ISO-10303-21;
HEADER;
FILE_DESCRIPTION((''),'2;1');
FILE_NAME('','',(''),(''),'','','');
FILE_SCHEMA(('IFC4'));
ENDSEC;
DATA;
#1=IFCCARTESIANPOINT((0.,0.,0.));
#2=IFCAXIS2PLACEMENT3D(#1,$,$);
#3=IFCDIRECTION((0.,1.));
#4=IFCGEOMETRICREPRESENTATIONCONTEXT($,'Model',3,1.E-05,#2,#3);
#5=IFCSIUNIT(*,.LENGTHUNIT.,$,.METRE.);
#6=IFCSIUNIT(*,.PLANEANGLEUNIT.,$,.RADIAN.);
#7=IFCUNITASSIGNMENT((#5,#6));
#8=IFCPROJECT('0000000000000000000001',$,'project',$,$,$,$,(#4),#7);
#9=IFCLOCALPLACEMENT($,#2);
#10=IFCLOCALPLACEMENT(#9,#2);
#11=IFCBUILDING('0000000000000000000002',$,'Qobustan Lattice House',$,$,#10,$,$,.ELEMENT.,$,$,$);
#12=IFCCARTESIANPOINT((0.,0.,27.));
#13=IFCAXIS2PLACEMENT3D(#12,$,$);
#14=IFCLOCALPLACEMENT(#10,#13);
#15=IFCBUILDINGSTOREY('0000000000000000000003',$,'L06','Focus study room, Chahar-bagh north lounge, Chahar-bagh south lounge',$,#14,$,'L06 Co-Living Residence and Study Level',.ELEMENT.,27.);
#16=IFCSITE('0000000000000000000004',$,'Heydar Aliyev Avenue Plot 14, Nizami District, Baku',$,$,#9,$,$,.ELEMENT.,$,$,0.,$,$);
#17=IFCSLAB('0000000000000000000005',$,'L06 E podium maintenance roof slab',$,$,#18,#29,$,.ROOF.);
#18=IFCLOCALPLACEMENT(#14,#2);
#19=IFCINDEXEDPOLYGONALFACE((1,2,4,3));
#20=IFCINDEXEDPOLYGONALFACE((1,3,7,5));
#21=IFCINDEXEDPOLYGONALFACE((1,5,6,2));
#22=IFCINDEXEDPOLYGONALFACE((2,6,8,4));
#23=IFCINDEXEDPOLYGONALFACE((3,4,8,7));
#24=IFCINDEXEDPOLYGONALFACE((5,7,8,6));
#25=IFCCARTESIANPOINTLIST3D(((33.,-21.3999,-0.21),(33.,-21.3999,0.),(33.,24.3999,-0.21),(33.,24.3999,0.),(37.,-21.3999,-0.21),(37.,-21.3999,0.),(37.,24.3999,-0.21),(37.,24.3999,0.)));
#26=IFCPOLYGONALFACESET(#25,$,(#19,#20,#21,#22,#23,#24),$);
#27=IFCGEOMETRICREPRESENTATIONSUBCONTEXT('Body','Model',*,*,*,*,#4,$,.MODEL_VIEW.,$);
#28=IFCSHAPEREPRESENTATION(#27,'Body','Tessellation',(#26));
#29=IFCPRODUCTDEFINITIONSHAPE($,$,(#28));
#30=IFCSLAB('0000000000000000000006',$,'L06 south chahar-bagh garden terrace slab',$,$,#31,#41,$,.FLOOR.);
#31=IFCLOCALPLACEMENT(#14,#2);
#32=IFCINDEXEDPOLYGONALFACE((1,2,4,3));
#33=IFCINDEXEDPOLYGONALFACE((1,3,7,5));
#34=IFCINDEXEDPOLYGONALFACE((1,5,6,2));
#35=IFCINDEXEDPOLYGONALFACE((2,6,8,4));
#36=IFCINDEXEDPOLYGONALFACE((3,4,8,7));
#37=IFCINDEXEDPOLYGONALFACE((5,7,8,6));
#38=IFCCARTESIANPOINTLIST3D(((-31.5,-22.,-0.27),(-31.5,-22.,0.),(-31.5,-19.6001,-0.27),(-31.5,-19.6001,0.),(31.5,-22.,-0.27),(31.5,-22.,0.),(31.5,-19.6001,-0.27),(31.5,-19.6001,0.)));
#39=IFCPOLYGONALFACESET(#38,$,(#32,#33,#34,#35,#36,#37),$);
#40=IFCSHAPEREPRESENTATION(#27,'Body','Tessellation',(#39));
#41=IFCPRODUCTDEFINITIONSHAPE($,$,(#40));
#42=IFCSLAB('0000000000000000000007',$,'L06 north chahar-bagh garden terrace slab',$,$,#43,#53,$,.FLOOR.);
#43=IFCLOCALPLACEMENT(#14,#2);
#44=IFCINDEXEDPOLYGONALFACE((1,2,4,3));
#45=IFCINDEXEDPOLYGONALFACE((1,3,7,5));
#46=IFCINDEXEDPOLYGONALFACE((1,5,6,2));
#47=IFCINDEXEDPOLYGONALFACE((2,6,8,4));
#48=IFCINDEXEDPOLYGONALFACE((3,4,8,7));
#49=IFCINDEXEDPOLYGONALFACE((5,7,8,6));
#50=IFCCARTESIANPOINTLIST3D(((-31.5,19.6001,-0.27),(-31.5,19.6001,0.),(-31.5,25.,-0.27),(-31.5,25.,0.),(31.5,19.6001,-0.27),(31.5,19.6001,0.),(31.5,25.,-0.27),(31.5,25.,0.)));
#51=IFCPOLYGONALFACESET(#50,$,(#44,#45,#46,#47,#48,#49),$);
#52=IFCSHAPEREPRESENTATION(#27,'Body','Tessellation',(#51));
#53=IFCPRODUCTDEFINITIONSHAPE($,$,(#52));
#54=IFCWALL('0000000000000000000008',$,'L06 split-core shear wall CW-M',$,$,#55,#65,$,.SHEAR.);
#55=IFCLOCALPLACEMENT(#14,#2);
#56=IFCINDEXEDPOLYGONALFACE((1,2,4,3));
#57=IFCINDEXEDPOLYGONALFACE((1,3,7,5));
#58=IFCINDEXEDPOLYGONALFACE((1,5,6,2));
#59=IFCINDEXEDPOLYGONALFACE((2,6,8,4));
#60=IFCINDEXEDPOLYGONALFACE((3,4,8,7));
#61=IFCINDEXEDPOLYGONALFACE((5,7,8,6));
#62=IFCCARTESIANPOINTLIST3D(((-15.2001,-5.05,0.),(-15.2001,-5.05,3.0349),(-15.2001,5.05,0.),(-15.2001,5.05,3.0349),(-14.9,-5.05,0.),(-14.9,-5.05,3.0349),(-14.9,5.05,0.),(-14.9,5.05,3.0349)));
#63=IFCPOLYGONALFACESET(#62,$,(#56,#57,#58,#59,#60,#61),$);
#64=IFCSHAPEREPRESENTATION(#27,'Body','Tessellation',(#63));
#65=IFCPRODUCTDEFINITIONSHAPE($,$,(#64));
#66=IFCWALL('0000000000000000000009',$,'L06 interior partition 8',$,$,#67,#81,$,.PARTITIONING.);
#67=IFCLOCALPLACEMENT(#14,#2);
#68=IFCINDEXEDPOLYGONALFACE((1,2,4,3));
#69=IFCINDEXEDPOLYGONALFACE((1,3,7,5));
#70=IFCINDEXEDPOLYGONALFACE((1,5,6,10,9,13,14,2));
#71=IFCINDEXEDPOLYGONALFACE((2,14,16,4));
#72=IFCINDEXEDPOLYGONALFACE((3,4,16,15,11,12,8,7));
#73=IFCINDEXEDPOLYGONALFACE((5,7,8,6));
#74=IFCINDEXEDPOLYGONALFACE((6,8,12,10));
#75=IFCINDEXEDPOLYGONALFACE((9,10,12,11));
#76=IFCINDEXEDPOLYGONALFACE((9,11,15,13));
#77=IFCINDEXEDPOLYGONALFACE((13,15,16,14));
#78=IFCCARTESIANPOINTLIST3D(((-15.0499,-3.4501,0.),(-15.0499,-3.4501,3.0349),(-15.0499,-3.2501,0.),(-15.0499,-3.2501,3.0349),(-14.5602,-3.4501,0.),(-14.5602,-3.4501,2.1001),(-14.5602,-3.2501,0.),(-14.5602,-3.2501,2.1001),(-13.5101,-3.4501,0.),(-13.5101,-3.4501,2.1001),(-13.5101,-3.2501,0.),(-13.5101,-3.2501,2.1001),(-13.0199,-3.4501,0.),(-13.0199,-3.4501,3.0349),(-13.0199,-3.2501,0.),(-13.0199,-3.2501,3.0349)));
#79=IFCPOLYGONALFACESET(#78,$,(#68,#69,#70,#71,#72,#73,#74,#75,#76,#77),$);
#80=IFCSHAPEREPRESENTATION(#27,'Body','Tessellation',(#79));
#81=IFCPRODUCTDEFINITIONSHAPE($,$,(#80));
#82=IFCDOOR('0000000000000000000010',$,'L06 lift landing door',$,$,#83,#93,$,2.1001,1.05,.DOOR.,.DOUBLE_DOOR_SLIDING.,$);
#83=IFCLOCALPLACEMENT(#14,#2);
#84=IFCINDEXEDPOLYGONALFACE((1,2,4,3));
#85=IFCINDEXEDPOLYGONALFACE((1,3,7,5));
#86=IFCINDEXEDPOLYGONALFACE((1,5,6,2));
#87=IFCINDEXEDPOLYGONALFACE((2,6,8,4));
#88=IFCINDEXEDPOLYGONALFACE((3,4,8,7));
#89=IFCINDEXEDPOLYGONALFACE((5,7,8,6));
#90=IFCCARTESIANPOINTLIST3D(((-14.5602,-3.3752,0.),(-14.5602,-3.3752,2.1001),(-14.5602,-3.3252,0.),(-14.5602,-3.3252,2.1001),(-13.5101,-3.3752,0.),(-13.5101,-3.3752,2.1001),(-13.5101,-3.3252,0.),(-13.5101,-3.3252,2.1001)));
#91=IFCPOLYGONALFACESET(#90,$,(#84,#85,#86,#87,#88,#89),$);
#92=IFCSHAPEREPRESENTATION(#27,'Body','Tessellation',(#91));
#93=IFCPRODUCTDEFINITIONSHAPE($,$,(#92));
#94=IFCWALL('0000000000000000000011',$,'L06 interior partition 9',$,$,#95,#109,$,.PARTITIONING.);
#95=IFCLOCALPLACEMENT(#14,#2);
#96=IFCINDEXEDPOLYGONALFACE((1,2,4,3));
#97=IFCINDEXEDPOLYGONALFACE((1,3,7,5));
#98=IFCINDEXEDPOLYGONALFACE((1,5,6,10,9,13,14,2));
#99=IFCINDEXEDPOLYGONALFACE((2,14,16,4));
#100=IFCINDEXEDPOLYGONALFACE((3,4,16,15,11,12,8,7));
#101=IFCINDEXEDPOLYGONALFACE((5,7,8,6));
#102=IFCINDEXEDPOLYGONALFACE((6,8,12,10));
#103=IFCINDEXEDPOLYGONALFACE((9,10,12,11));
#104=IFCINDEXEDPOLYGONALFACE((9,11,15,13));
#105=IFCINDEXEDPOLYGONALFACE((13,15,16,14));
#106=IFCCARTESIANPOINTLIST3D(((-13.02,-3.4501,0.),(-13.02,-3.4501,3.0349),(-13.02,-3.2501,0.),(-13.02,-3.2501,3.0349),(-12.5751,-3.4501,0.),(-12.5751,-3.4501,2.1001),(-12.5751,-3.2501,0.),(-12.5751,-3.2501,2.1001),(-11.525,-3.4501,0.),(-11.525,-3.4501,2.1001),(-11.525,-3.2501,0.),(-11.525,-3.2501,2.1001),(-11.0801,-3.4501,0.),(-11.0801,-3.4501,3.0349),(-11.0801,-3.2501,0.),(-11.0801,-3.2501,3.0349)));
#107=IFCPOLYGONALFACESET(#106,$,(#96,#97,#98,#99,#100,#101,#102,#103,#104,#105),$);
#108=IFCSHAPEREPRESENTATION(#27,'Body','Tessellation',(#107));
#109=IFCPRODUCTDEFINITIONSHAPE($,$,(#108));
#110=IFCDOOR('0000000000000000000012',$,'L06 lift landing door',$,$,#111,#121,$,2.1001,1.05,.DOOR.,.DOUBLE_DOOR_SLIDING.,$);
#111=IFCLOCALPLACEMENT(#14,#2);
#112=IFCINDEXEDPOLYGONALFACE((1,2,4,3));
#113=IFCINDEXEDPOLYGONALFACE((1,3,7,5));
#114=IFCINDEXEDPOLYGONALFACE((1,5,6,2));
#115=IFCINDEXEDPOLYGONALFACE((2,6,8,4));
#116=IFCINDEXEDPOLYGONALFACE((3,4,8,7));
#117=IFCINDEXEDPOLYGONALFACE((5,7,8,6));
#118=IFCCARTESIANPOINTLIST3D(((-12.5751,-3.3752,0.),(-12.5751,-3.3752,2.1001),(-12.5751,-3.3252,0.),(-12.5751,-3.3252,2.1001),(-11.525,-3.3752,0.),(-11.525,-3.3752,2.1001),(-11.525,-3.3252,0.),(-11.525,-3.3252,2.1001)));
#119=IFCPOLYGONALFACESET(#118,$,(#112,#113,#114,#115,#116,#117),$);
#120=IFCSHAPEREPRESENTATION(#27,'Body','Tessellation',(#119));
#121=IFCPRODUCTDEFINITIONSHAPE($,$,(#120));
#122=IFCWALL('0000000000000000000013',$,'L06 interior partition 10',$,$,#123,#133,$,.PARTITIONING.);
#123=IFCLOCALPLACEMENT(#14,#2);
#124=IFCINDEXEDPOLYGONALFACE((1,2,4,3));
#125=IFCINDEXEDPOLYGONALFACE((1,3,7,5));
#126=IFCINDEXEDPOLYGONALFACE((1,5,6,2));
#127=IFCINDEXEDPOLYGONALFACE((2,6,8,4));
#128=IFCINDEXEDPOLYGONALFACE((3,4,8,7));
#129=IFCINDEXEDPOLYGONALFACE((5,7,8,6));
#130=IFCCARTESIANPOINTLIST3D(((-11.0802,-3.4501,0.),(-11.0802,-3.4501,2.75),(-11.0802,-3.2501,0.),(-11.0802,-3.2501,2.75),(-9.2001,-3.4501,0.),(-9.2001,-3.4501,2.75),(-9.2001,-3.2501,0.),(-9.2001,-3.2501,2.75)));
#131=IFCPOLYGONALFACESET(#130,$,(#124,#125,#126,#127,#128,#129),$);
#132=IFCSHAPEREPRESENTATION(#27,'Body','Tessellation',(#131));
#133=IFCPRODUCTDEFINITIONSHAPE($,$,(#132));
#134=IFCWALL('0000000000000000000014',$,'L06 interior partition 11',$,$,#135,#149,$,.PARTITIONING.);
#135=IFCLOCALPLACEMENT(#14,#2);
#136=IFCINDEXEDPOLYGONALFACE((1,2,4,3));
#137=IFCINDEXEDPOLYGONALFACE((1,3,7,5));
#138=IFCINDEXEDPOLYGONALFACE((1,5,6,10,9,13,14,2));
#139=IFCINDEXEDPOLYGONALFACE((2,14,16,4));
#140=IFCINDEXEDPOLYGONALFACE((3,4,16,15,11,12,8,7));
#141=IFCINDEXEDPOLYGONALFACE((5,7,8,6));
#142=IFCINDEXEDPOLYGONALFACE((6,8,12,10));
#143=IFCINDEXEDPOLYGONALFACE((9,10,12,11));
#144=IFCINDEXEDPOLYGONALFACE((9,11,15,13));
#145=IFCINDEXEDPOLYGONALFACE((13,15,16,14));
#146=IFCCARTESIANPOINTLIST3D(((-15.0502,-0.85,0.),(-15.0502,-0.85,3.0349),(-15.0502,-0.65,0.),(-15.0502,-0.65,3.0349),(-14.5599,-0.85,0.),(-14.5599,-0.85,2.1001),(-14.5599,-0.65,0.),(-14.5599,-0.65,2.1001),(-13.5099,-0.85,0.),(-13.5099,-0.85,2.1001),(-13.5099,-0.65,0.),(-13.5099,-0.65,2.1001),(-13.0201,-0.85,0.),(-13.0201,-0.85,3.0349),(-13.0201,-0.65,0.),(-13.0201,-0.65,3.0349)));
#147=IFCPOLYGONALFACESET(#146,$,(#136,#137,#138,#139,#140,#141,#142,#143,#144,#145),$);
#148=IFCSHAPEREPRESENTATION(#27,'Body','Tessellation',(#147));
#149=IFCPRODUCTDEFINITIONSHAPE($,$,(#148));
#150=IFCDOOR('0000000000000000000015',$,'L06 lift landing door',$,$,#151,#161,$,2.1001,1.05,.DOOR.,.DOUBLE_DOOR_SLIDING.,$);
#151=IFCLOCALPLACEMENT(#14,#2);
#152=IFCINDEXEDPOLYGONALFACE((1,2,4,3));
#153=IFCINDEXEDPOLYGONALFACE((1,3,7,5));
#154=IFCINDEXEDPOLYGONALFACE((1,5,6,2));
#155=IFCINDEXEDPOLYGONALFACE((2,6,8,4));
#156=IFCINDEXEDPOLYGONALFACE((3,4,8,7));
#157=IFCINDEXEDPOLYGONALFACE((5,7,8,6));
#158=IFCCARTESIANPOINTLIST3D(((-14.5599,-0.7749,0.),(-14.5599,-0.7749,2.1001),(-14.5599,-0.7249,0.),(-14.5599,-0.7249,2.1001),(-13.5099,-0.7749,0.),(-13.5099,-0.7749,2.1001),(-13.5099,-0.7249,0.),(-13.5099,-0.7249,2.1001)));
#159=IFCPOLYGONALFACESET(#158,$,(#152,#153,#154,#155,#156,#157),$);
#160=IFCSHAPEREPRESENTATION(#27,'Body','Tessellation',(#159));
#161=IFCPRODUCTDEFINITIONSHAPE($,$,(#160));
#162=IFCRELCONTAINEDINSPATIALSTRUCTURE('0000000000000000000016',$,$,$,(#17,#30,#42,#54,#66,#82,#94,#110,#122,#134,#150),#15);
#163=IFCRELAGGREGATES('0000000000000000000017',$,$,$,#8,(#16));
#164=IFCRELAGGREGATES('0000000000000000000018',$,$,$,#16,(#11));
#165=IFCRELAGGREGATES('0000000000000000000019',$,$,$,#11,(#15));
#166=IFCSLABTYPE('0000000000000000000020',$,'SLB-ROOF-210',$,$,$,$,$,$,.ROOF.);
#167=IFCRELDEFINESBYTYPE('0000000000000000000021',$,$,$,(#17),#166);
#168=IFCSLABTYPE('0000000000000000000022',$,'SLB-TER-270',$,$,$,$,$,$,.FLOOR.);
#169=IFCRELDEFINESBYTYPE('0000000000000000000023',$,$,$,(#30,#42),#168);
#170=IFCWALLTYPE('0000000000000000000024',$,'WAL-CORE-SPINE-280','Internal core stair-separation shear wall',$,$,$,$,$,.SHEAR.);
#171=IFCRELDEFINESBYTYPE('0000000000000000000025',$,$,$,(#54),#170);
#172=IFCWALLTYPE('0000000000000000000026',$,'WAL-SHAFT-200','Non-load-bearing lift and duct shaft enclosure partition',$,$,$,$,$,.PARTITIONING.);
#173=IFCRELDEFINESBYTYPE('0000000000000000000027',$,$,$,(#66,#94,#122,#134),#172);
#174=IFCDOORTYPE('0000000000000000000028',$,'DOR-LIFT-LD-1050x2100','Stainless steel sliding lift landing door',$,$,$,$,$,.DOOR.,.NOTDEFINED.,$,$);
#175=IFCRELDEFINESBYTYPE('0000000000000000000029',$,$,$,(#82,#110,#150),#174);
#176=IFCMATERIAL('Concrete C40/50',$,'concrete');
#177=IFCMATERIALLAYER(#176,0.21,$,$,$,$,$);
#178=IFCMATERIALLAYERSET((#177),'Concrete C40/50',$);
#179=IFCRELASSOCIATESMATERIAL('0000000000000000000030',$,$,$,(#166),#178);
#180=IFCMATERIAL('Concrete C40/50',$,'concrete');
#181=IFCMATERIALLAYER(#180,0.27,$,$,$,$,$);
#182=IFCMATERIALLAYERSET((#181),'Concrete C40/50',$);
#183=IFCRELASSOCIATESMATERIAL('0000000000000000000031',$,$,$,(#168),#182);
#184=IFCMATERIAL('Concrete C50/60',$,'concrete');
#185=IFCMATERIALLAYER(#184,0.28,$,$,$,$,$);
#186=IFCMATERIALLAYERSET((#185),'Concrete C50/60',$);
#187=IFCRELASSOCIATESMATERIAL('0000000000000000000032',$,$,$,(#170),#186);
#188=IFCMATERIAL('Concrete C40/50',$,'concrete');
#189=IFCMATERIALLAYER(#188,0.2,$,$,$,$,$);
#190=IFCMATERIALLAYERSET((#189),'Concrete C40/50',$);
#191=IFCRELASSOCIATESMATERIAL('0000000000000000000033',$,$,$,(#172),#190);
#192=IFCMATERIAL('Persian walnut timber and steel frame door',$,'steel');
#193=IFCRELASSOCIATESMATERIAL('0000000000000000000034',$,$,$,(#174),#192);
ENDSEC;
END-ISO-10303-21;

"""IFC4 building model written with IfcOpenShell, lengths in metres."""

from ifc_helpers import new_model, si_unit, direction, frame, frame_2d, origin, place, context, subcontext, project, spatial, polyline, rectangle, outline, extrude, material, layer, layer_set, type_object, element, fill, save


model = new_model("IFC4")

# Units and contexts
model_context = context("Model", 3, precision=1e-05, world=origin(), true_north=direction((0.0, 1.0)))
body_context = subcontext(model_context, "Body", "Model", "MODEL_VIEW")
ifc_project = project(units=[si_unit("LENGTHUNIT", "METRE"), si_unit("PLANEANGLEUNIT", "RADIAN")], contexts=[model_context])

# Site, building, storey
site_placement = place(None, origin())
site = spatial("IfcSite", under=ifc_project, at=site_placement, Name="Heydar Aliyev Avenue Plot 14, Nizami District, Baku", CompositionType="ELEMENT", RefElevation=0.0)
building_placement = place(site_placement, origin())
building = spatial("IfcBuilding", under=site, at=building_placement, Name="Qobustan Lattice House", CompositionType="ELEMENT")
storey_placement = place(building_placement, frame((0.0, 0.0, 27.0)))
storey = spatial("IfcBuildingStorey", under=building, at=storey_placement, Name="L06", Description="Focus study room, Chahar-bagh north lounge, Chahar-bagh south lounge", LongName="L06 Co-Living Residence and Study Level", CompositionType="ELEMENT", Elevation=27.0)

# Slabs
ifc_material_1 = material(Name="Concrete C40/50", Category="concrete")
ifc_layer_1 = layer(ifc_material_1, 0.21)
ifc_layer_set_1 = layer_set([ifc_layer_1], Name="Concrete C40/50")
slab_type_1 = type_object("IfcSlabType", Name="SLB-ROOF-210", PredefinedType="ROOF", material=ifc_layer_set_1)
slab_1_placement = place(storey_placement, frame((0.0, 0.0, -0.21)))
element("IfcSlab", 1, at=slab_1_placement, inside=storey, type_object=slab_type_1, Name="L06 E podium maintenance roof slab", PredefinedType="ROOF", context=body_context, shape_type="SweptSolid", body=[
    extrude(outline(polyline([(33.0, -21.3999), (37.0, -21.3999), (37.0, 24.3999), (33.0, 24.3999), (33.0, -21.3999)])), origin(), (0.0, 0.0, 1.0), 0.21),
])
ifc_material_2 = material(Name="Concrete C40/50", Category="concrete")
ifc_layer_2 = layer(ifc_material_2, 0.27)
ifc_layer_set_2 = layer_set([ifc_layer_2], Name="Concrete C40/50")
slab_type_2 = type_object("IfcSlabType", Name="SLB-TER-270", PredefinedType="FLOOR", material=ifc_layer_set_2)
slab_2_placement = place(storey_placement, frame((0.0, 0.0, -0.27)))
element("IfcSlab", 2, at=slab_2_placement, inside=storey, type_object=slab_type_2, Name="L06 south chahar-bagh garden terrace slab", PredefinedType="FLOOR", context=body_context, shape_type="SweptSolid", body=[
    extrude(outline(polyline([(-31.5, -22.0), (31.5, -22.0), (31.5, -19.6001), (-31.5, -19.6001), (-31.5, -22.0)])), origin(), (0.0, 0.0, 1.0), 0.27),
])
slab_3_placement = place(storey_placement, frame((0.0, 0.0, -0.27)))
element("IfcSlab", 3, at=slab_3_placement, inside=storey, type_object=slab_type_2, Name="L06 north chahar-bagh garden terrace slab", PredefinedType="FLOOR", context=body_context, shape_type="SweptSolid", body=[
    extrude(outline(polyline([(-31.5, 19.6001), (31.5, 19.6001), (31.5, 25.0), (-31.5, 25.0), (-31.5, 19.6001)])), origin(), (0.0, 0.0, 1.0), 0.27),
])

# Wall
ifc_material_3 = material(Name="Concrete C50/60", Category="concrete")
ifc_layer_3 = layer(ifc_material_3, 0.28)
ifc_layer_set_3 = layer_set([ifc_layer_3], Name="Concrete C50/60")
wall_type_1 = type_object("IfcWallType", Name="WAL-CORE-SPINE-280", Description="Internal core stair-separation shear wall", PredefinedType="SHEAR", material=ifc_layer_set_3)
wall_1_placement = place(storey_placement, frame((-15.05, -5.05, 0.0), z_axis=(0.0, 0.0, 1.0), x_axis=(0.0, 1.0, 0.0)))
element("IfcWall", 4, at=wall_1_placement, inside=storey, type_object=wall_type_1, Name="L06 split-core shear wall CW-M", PredefinedType="SHEAR", context=body_context, shape_type="SweptSolid", body=[
    extrude(rectangle(XDim=10.1001, YDim=0.3, at=frame_2d((5.05, 0.0))), origin(), (0.0, 0.0, 1.0), 3.0349),
])

# Walls, openings, doors
ifc_material_4 = material(Name="Concrete C40/50", Category="concrete")
ifc_layer_4 = layer(ifc_material_4, 0.2)
ifc_layer_set_4 = layer_set([ifc_layer_4], Name="Concrete C40/50")
wall_type_2 = type_object("IfcWallType", Name="WAL-SHAFT-200", Description="Non-load-bearing lift and duct shaft enclosure partition", PredefinedType="PARTITIONING", material=ifc_layer_set_4)
wall_2_placement = place(storey_placement, frame((-15.05, -3.3501, 0.0), z_axis=(0.0, 0.0, 1.0), x_axis=(1.0, 0.0, 0.0)))
wall_2 = element("IfcWall", 5, at=wall_2_placement, inside=storey, type_object=wall_type_2, Name="L06 interior partition 8", PredefinedType="PARTITIONING", context=body_context, shape_type="SweptSolid", body=[
    extrude(rectangle(XDim=2.03, YDim=0.2, at=frame_2d((1.0151, 0.0))), origin(), (0.0, 0.0, 1.0), 3.0349),
])
opening_1_placement = place(wall_2_placement, frame((0.49, 0.0, 0.0)))
opening_1 = element("IfcOpeningElement", 6, at=opening_1_placement, cuts=wall_2, PredefinedType="OPENING", context=body_context, shape_type="SweptSolid", body=[
    extrude(rectangle(XDim=1.05, YDim=2.1001, at=frame_2d((0.5249, 1.05))), frame((0.0, 0.1099, 0.0), z_axis=(0.0, -1.0, 0.0), x_axis=(1.0, 0.0, 0.0)), (0.0, 0.0, 1.0), 0.22),
])
ifc_material_5 = material(Name="Persian walnut timber and steel frame door", Category="steel")
door_type_1 = type_object("IfcDoorType", Name="DOR-LIFT-LD-1050x2100", Description="Stainless steel sliding lift landing door", OperationType="NOTDEFINED", PredefinedType="DOOR", material=ifc_material_5)
door_1_placement = place(opening_1_placement, origin())
door_1 = element("IfcDoor", 7, at=door_1_placement, inside=storey, type_object=door_type_1, Name="L06 lift landing door", OperationType="DOUBLE_DOOR_SLIDING", OverallHeight=2.1001, OverallWidth=1.05, PredefinedType="DOOR", context=body_context, shape_type="SweptSolid", body=[
    extrude(rectangle(XDim=1.05, YDim=2.1001, at=frame_2d((0.5249, 1.05))), frame((0.0, 0.0249, 0.0), z_axis=(0.0, -1.0, 0.0), x_axis=(1.0, 0.0, 0.0)), (0.0, 0.0, 1.0), 0.05),
])
fill(opening_1, door_1)
wall_3_placement = place(storey_placement, frame((-13.02, -3.3501, 0.0), z_axis=(0.0, 0.0, 1.0), x_axis=(1.0, 0.0, 0.0)))
wall_3 = element("IfcWall", 8, at=wall_3_placement, inside=storey, type_object=wall_type_2, Name="L06 interior partition 9", PredefinedType="PARTITIONING", context=body_context, shape_type="SweptSolid", body=[
    extrude(rectangle(XDim=1.9399, YDim=0.2, at=frame_2d((0.97, 0.0))), origin(), (0.0, 0.0, 1.0), 3.0349),
])
opening_2_placement = place(wall_3_placement, frame((0.4451, 0.0, 0.0)))
opening_2 = element("IfcOpeningElement", 9, at=opening_2_placement, cuts=wall_3, PredefinedType="OPENING", context=body_context, shape_type="SweptSolid", body=[
    extrude(rectangle(XDim=1.05, YDim=2.1001, at=frame_2d((0.5249, 1.05))), frame((0.0, 0.1099, 0.0), z_axis=(0.0, -1.0, 0.0), x_axis=(1.0, 0.0, 0.0)), (0.0, 0.0, 1.0), 0.22),
])
door_2_placement = place(opening_2_placement, origin())
door_2 = element("IfcDoor", 10, at=door_2_placement, inside=storey, type_object=door_type_1, Name="L06 lift landing door", OperationType="DOUBLE_DOOR_SLIDING", OverallHeight=2.1001, OverallWidth=1.05, PredefinedType="DOOR", context=body_context, shape_type="SweptSolid", body=[
    extrude(rectangle(XDim=1.05, YDim=2.1001, at=frame_2d((0.5249, 1.05))), frame((0.0, 0.0249, 0.0), z_axis=(0.0, -1.0, 0.0), x_axis=(1.0, 0.0, 0.0)), (0.0, 0.0, 1.0), 0.05),
])
fill(opening_2, door_2)

# Wall
wall_4_placement = place(storey_placement, frame((-11.0801, -3.3501, 0.0), z_axis=(0.0, 0.0, 1.0), x_axis=(1.0, 0.0, 0.0)))
element("IfcWall", 11, at=wall_4_placement, inside=storey, type_object=wall_type_2, Name="L06 interior partition 10", PredefinedType="PARTITIONING", context=body_context, shape_type="SweptSolid", body=[
    extrude(rectangle(XDim=1.8801, YDim=0.2, at=frame_2d((0.9399, 0.0))), origin(), (0.0, 0.0, 1.0), 2.75),
])

# Wall, opening, door
wall_5_placement = place(storey_placement, frame((-13.02, -0.75, 0.0), z_axis=(0.0, 0.0, 1.0), x_axis=(-1.0, 0.0, 0.0)))
wall_5 = element("IfcWall", 12, at=wall_5_placement, inside=storey, type_object=wall_type_2, Name="L06 interior partition 11", PredefinedType="PARTITIONING", context=body_context, shape_type="SweptSolid", body=[
    extrude(rectangle(XDim=2.03, YDim=0.2, at=frame_2d((1.0151, 0.0))), origin(), (0.0, 0.0, 1.0), 3.0349),
])
opening_3_placement = place(wall_5_placement, frame((0.49, 0.0, 0.0)))
opening_3 = element("IfcOpeningElement", 13, at=opening_3_placement, cuts=wall_5, PredefinedType="OPENING", context=body_context, shape_type="SweptSolid", body=[
    extrude(rectangle(XDim=1.05, YDim=2.1001, at=frame_2d((0.5249, 1.05))), frame((0.0, 0.1099, 0.0), z_axis=(0.0, -1.0, 0.0), x_axis=(1.0, 0.0, 0.0)), (0.0, 0.0, 1.0), 0.22),
])
door_3_placement = place(opening_3_placement, origin())
door_3 = element("IfcDoor", 14, at=door_3_placement, inside=storey, type_object=door_type_1, Name="L06 lift landing door", OperationType="DOUBLE_DOOR_SLIDING", OverallHeight=2.1001, OverallWidth=1.05, PredefinedType="DOOR", context=body_context, shape_type="SweptSolid", body=[
    extrude(rectangle(XDim=1.05, YDim=2.1001, at=frame_2d((0.5249, 1.05))), frame((0.0, 0.0249, 0.0), z_axis=(0.0, -1.0, 0.0), x_axis=(1.0, 0.0, 0.0)), (0.0, 0.0, 1.0), 0.05),
])
fill(opening_3, door_3)

save(model, "model.ifc")
